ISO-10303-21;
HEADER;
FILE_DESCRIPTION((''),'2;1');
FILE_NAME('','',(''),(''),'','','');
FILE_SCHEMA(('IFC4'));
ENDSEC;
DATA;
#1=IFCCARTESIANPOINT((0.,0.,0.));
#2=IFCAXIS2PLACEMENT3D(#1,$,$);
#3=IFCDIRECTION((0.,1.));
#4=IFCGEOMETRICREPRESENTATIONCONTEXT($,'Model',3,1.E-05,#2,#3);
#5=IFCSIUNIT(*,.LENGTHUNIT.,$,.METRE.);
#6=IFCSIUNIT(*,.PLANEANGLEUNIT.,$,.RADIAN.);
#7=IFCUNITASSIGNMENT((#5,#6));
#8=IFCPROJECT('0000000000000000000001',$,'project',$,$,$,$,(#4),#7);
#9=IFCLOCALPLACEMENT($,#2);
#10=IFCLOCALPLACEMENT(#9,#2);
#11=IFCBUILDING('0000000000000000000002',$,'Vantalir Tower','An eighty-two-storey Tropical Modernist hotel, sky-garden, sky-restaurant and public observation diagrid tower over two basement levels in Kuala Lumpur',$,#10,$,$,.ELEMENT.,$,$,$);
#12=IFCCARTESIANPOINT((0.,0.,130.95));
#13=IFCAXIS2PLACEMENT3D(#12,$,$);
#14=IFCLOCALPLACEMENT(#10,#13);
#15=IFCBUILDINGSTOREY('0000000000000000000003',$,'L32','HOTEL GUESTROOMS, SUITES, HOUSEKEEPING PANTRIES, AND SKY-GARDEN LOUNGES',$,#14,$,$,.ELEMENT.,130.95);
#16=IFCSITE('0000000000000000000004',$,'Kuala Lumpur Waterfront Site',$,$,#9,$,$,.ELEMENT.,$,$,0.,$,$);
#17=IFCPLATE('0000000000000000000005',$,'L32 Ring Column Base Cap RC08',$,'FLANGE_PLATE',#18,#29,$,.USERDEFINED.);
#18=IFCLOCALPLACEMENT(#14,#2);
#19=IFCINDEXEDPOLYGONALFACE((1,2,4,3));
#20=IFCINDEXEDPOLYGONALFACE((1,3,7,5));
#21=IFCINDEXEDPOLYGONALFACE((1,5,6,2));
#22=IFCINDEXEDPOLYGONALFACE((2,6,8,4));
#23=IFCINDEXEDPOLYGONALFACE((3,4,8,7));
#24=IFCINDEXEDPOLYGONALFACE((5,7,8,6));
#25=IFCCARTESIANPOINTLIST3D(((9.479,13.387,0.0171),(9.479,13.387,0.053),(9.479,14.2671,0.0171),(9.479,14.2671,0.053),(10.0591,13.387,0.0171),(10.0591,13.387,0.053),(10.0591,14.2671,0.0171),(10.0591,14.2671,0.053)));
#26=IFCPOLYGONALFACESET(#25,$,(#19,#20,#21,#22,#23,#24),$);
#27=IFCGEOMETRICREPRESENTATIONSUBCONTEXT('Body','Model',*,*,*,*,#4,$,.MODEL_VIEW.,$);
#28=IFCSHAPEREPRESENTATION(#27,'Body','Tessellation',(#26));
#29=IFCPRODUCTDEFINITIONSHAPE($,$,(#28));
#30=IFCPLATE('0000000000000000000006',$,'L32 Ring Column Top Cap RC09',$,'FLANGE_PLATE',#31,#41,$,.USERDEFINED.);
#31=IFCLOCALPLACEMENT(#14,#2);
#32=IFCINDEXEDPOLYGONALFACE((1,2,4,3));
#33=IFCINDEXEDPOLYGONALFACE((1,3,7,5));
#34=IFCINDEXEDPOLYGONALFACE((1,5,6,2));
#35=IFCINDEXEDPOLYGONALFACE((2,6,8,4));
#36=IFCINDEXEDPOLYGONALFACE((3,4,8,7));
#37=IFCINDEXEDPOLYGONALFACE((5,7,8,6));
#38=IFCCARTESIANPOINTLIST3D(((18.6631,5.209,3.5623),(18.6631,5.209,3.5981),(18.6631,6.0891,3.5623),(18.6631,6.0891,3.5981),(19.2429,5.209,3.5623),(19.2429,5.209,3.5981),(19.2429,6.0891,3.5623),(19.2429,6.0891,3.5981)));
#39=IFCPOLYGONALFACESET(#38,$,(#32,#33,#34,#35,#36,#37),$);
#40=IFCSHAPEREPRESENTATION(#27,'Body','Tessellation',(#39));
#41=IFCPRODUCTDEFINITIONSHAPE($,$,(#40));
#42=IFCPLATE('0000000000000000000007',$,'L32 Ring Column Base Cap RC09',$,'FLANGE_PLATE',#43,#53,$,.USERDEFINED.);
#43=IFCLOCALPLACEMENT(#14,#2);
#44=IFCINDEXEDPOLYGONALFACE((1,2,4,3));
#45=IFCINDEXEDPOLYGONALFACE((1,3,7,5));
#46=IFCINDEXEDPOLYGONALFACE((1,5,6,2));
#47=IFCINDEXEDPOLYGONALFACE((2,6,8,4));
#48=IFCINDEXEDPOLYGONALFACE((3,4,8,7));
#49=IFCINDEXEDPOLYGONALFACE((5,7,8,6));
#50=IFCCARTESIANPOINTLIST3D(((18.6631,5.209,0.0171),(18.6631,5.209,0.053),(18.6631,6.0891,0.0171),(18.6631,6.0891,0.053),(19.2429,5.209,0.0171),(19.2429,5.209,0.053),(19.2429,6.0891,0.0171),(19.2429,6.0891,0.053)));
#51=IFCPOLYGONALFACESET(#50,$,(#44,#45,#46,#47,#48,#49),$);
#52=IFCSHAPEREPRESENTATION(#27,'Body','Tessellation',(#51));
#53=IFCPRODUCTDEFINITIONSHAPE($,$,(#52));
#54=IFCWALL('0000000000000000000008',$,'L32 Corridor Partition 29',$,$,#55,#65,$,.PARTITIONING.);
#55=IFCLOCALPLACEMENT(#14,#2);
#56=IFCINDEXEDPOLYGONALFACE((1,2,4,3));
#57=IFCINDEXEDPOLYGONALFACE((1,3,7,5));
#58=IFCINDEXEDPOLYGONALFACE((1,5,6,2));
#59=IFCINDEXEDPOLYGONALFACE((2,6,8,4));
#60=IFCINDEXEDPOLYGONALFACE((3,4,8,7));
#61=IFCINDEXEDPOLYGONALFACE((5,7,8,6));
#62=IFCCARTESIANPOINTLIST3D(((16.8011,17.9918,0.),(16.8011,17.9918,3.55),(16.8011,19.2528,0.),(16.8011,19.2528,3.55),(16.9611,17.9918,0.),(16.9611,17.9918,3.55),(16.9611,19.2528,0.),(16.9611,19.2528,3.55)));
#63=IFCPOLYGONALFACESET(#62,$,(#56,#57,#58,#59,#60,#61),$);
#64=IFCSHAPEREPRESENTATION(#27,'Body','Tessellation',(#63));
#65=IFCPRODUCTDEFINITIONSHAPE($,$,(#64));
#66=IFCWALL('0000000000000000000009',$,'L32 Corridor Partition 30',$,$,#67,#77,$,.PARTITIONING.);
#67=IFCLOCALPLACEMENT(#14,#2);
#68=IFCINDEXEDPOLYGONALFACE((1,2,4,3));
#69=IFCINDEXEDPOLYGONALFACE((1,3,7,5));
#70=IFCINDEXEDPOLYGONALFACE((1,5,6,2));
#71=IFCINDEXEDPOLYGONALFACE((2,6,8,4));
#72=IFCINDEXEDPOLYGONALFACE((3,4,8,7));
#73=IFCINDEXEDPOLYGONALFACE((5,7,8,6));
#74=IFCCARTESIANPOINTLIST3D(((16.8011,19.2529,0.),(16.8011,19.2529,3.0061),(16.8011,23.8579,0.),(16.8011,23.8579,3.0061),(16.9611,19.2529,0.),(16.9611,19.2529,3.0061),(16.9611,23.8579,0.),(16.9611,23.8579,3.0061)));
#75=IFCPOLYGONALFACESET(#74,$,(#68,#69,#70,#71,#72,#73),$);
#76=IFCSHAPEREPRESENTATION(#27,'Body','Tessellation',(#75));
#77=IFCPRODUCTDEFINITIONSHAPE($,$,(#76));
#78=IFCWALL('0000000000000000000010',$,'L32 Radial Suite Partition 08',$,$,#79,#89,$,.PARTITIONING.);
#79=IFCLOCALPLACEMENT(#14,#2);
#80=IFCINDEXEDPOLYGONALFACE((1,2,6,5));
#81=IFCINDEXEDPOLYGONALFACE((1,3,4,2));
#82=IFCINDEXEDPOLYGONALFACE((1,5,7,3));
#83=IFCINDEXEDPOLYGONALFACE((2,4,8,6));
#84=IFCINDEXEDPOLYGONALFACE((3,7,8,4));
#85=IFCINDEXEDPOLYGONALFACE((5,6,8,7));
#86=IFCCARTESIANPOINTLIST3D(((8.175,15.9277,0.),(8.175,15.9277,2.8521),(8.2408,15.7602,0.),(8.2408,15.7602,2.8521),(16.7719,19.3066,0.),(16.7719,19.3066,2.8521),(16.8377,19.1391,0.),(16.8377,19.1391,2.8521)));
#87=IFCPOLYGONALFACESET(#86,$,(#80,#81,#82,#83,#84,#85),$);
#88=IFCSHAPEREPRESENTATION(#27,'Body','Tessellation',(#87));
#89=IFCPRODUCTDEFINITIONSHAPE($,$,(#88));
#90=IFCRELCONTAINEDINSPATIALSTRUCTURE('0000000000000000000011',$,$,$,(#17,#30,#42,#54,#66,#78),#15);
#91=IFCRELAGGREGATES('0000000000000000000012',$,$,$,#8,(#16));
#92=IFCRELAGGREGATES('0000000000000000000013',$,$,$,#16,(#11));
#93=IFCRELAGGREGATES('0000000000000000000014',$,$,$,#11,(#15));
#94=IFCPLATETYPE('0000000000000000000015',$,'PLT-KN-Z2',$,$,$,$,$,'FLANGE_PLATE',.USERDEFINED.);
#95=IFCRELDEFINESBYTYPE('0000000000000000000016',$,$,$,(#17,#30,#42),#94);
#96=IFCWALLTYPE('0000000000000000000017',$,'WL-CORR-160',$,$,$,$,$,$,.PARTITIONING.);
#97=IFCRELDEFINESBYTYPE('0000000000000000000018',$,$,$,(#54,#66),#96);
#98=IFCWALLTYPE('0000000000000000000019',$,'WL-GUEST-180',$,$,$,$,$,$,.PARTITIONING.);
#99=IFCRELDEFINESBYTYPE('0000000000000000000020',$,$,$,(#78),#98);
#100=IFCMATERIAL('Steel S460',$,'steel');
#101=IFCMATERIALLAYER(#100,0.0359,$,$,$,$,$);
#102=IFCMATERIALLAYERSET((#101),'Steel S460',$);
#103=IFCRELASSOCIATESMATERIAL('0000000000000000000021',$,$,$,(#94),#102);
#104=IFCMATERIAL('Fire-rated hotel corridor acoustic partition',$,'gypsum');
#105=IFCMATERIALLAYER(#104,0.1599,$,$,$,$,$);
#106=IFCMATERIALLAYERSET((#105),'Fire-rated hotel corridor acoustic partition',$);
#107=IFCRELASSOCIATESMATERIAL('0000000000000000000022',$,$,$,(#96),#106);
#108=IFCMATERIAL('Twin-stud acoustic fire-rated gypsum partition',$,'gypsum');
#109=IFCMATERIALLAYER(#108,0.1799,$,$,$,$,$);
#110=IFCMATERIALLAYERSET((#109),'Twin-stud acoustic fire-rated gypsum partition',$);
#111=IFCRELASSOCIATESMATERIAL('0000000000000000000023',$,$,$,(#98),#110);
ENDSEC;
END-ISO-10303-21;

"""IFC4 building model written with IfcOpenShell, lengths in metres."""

from ifc_helpers import new_model, si_unit, direction, frame, frame_2d, origin, place, context, subcontext, project, spatial, polyline, rectangle, outline, extrude, material, layer, layer_set, type_object, element, save


model = new_model("IFC4")

# Units and contexts
model_context = context("Model", 3, precision=1e-05, world=origin(), true_north=direction((0.0, 1.0)))
body_context = subcontext(model_context, "Body", "Model", "MODEL_VIEW")
ifc_project = project(units=[si_unit("LENGTHUNIT", "METRE"), si_unit("PLANEANGLEUNIT", "RADIAN")], contexts=[model_context])

# Site, building, storey
site_placement = place(None, origin())
site = spatial("IfcSite", under=ifc_project, at=site_placement, Name="Kuala Lumpur Waterfront Site", CompositionType="ELEMENT", RefElevation=0.0)
building_placement = place(site_placement, origin())
building = spatial("IfcBuilding", under=site, at=building_placement, Name="Vantalir Tower", Description="An eighty-two-storey Tropical Modernist hotel, sky-garden, sky-restaurant and public observation diagrid tower over two basement levels in Kuala Lumpur", CompositionType="ELEMENT")
storey_placement = place(building_placement, frame((0.0, 0.0, 130.95)))
storey = spatial("IfcBuildingStorey", under=building, at=storey_placement, Name="L32", Description="HOTEL GUESTROOMS, SUITES, HOUSEKEEPING PANTRIES, AND SKY-GARDEN LOUNGES", CompositionType="ELEMENT", Elevation=130.95)

# Shared definitions
ifc_material_1 = material(Name="Steel S460", Category="steel")

# Plates
ifc_layer_1 = layer(ifc_material_1, 0.0359)
ifc_layer_set_1 = layer_set([ifc_layer_1], Name="Steel S460")
plate_type_1 = type_object("IfcPlateType", Name="PLT-KN-Z2", ElementType="FLANGE_PLATE", PredefinedType="USERDEFINED", material=ifc_layer_set_1)
plate_1_placement = place(storey_placement, frame((9.479, 14.2671, 0.053), z_axis=(0.0, 0.0, 1.0), x_axis=(0.0, -1.0, 0.0)))
element("IfcPlate", 1, at=plate_1_placement, inside=storey, type_object=plate_type_1, Name="L32 Ring Column Base Cap RC08", ObjectType="FLANGE_PLATE", PredefinedType="USERDEFINED", context=body_context, shape_type="SweptSolid", body=[
    extrude(outline(polyline([(0.0, 0.0), (0.8801, 0.0), (0.8801, 0.5801), (0.0, 0.5801), (0.0, 0.0)])), origin(), (0.0, 0.0, -1.0), 0.0359),
])
for number, where, z_axis, x_axis, name in (
    (2, (18.6631, 6.0891, 3.5981), (0.0, 0.0, 1.0), (0.0, -1.0, 0.0), "L32 Ring Column Top Cap RC09"),
    (3, (18.6631, 6.0891, 0.053), (0.0, 0.0, 1.0), (0.0, -1.0, 0.0), "L32 Ring Column Base Cap RC09"),
):
    element("IfcPlate", number, at=place(storey_placement, frame(where, z_axis=z_axis, x_axis=x_axis)), inside=storey, type_object=plate_type_1, Name=name, ObjectType="FLANGE_PLATE", PredefinedType="USERDEFINED", context=body_context, shape_type="SweptSolid", body=[
        extrude(outline(polyline([(0.0, 0.0), (0.8801, 0.0), (0.8801, 0.5798), (0.0, 0.5798), (0.0, 0.0)])), origin(), (0.0, 0.0, -1.0), 0.0359),
    ])

# Walls
ifc_material_2 = material(Name="Fire-rated hotel corridor acoustic partition", Category="gypsum")
ifc_layer_2 = layer(ifc_material_2, 0.1599)
ifc_layer_set_2 = layer_set([ifc_layer_2], Name="Fire-rated hotel corridor acoustic partition")
wall_type_1 = type_object("IfcWallType", Name="WL-CORR-160", PredefinedType="PARTITIONING", material=ifc_layer_set_2)
wall_1_placement = place(storey_placement, frame((16.8811, 17.9919, 0.0), z_axis=(0.0, 0.0, 1.0), x_axis=(0.0, 1.0, 0.0)))
element("IfcWall", 4, at=wall_1_placement, inside=storey, type_object=wall_type_1, Name="L32 Corridor Partition 29", PredefinedType="PARTITIONING", context=body_context, shape_type="SweptSolid", body=[
    extrude(rectangle(XDim=1.261, YDim=0.1599, at=frame_2d((0.6304, 0.0))), origin(), (0.0, 0.0, 1.0), 3.55),
])
wall_2_placement = place(storey_placement, frame((16.8811, 19.2529, 0.0), z_axis=(0.0, 0.0, 1.0), x_axis=(0.0, 1.0, 0.0)))
element("IfcWall", 5, at=wall_2_placement, inside=storey, type_object=wall_type_1, Name="L32 Corridor Partition 30", PredefinedType="PARTITIONING", context=body_context, shape_type="SweptSolid", body=[
    extrude(rectangle(XDim=4.605, YDim=0.1599, at=frame_2d((2.3025, 0.0))), origin(), (0.0, 0.0, 1.0), 3.0061),
])
ifc_material_3 = material(Name="Twin-stud acoustic fire-rated gypsum partition", Category="gypsum")
ifc_layer_3 = layer(ifc_material_3, 0.1799)
ifc_layer_set_3 = layer_set([ifc_layer_3], Name="Twin-stud acoustic fire-rated gypsum partition")
wall_type_2 = type_object("IfcWallType", Name="WL-GUEST-180", PredefinedType="PARTITIONING", material=ifc_layer_set_3)
wall_3_placement = place(storey_placement, frame((16.8049, 19.2229, 0.0), z_axis=(0.0, 0.0, 1.0), x_axis=(-0.930695, -0.365797, 0.0)))
element("IfcWall", 6, at=wall_3_placement, inside=storey, type_object=wall_type_2, Name="L32 Radial Suite Partition 08", PredefinedType="PARTITIONING", context=body_context, shape_type="SweptSolid", body=[
    extrude(rectangle(XDim=9.2371, YDim=0.1799, at=frame_2d((4.6187, 0.0))), origin(), (0.0, 0.0, 1.0), 2.8521),
])

save(model, "model.ifc")
